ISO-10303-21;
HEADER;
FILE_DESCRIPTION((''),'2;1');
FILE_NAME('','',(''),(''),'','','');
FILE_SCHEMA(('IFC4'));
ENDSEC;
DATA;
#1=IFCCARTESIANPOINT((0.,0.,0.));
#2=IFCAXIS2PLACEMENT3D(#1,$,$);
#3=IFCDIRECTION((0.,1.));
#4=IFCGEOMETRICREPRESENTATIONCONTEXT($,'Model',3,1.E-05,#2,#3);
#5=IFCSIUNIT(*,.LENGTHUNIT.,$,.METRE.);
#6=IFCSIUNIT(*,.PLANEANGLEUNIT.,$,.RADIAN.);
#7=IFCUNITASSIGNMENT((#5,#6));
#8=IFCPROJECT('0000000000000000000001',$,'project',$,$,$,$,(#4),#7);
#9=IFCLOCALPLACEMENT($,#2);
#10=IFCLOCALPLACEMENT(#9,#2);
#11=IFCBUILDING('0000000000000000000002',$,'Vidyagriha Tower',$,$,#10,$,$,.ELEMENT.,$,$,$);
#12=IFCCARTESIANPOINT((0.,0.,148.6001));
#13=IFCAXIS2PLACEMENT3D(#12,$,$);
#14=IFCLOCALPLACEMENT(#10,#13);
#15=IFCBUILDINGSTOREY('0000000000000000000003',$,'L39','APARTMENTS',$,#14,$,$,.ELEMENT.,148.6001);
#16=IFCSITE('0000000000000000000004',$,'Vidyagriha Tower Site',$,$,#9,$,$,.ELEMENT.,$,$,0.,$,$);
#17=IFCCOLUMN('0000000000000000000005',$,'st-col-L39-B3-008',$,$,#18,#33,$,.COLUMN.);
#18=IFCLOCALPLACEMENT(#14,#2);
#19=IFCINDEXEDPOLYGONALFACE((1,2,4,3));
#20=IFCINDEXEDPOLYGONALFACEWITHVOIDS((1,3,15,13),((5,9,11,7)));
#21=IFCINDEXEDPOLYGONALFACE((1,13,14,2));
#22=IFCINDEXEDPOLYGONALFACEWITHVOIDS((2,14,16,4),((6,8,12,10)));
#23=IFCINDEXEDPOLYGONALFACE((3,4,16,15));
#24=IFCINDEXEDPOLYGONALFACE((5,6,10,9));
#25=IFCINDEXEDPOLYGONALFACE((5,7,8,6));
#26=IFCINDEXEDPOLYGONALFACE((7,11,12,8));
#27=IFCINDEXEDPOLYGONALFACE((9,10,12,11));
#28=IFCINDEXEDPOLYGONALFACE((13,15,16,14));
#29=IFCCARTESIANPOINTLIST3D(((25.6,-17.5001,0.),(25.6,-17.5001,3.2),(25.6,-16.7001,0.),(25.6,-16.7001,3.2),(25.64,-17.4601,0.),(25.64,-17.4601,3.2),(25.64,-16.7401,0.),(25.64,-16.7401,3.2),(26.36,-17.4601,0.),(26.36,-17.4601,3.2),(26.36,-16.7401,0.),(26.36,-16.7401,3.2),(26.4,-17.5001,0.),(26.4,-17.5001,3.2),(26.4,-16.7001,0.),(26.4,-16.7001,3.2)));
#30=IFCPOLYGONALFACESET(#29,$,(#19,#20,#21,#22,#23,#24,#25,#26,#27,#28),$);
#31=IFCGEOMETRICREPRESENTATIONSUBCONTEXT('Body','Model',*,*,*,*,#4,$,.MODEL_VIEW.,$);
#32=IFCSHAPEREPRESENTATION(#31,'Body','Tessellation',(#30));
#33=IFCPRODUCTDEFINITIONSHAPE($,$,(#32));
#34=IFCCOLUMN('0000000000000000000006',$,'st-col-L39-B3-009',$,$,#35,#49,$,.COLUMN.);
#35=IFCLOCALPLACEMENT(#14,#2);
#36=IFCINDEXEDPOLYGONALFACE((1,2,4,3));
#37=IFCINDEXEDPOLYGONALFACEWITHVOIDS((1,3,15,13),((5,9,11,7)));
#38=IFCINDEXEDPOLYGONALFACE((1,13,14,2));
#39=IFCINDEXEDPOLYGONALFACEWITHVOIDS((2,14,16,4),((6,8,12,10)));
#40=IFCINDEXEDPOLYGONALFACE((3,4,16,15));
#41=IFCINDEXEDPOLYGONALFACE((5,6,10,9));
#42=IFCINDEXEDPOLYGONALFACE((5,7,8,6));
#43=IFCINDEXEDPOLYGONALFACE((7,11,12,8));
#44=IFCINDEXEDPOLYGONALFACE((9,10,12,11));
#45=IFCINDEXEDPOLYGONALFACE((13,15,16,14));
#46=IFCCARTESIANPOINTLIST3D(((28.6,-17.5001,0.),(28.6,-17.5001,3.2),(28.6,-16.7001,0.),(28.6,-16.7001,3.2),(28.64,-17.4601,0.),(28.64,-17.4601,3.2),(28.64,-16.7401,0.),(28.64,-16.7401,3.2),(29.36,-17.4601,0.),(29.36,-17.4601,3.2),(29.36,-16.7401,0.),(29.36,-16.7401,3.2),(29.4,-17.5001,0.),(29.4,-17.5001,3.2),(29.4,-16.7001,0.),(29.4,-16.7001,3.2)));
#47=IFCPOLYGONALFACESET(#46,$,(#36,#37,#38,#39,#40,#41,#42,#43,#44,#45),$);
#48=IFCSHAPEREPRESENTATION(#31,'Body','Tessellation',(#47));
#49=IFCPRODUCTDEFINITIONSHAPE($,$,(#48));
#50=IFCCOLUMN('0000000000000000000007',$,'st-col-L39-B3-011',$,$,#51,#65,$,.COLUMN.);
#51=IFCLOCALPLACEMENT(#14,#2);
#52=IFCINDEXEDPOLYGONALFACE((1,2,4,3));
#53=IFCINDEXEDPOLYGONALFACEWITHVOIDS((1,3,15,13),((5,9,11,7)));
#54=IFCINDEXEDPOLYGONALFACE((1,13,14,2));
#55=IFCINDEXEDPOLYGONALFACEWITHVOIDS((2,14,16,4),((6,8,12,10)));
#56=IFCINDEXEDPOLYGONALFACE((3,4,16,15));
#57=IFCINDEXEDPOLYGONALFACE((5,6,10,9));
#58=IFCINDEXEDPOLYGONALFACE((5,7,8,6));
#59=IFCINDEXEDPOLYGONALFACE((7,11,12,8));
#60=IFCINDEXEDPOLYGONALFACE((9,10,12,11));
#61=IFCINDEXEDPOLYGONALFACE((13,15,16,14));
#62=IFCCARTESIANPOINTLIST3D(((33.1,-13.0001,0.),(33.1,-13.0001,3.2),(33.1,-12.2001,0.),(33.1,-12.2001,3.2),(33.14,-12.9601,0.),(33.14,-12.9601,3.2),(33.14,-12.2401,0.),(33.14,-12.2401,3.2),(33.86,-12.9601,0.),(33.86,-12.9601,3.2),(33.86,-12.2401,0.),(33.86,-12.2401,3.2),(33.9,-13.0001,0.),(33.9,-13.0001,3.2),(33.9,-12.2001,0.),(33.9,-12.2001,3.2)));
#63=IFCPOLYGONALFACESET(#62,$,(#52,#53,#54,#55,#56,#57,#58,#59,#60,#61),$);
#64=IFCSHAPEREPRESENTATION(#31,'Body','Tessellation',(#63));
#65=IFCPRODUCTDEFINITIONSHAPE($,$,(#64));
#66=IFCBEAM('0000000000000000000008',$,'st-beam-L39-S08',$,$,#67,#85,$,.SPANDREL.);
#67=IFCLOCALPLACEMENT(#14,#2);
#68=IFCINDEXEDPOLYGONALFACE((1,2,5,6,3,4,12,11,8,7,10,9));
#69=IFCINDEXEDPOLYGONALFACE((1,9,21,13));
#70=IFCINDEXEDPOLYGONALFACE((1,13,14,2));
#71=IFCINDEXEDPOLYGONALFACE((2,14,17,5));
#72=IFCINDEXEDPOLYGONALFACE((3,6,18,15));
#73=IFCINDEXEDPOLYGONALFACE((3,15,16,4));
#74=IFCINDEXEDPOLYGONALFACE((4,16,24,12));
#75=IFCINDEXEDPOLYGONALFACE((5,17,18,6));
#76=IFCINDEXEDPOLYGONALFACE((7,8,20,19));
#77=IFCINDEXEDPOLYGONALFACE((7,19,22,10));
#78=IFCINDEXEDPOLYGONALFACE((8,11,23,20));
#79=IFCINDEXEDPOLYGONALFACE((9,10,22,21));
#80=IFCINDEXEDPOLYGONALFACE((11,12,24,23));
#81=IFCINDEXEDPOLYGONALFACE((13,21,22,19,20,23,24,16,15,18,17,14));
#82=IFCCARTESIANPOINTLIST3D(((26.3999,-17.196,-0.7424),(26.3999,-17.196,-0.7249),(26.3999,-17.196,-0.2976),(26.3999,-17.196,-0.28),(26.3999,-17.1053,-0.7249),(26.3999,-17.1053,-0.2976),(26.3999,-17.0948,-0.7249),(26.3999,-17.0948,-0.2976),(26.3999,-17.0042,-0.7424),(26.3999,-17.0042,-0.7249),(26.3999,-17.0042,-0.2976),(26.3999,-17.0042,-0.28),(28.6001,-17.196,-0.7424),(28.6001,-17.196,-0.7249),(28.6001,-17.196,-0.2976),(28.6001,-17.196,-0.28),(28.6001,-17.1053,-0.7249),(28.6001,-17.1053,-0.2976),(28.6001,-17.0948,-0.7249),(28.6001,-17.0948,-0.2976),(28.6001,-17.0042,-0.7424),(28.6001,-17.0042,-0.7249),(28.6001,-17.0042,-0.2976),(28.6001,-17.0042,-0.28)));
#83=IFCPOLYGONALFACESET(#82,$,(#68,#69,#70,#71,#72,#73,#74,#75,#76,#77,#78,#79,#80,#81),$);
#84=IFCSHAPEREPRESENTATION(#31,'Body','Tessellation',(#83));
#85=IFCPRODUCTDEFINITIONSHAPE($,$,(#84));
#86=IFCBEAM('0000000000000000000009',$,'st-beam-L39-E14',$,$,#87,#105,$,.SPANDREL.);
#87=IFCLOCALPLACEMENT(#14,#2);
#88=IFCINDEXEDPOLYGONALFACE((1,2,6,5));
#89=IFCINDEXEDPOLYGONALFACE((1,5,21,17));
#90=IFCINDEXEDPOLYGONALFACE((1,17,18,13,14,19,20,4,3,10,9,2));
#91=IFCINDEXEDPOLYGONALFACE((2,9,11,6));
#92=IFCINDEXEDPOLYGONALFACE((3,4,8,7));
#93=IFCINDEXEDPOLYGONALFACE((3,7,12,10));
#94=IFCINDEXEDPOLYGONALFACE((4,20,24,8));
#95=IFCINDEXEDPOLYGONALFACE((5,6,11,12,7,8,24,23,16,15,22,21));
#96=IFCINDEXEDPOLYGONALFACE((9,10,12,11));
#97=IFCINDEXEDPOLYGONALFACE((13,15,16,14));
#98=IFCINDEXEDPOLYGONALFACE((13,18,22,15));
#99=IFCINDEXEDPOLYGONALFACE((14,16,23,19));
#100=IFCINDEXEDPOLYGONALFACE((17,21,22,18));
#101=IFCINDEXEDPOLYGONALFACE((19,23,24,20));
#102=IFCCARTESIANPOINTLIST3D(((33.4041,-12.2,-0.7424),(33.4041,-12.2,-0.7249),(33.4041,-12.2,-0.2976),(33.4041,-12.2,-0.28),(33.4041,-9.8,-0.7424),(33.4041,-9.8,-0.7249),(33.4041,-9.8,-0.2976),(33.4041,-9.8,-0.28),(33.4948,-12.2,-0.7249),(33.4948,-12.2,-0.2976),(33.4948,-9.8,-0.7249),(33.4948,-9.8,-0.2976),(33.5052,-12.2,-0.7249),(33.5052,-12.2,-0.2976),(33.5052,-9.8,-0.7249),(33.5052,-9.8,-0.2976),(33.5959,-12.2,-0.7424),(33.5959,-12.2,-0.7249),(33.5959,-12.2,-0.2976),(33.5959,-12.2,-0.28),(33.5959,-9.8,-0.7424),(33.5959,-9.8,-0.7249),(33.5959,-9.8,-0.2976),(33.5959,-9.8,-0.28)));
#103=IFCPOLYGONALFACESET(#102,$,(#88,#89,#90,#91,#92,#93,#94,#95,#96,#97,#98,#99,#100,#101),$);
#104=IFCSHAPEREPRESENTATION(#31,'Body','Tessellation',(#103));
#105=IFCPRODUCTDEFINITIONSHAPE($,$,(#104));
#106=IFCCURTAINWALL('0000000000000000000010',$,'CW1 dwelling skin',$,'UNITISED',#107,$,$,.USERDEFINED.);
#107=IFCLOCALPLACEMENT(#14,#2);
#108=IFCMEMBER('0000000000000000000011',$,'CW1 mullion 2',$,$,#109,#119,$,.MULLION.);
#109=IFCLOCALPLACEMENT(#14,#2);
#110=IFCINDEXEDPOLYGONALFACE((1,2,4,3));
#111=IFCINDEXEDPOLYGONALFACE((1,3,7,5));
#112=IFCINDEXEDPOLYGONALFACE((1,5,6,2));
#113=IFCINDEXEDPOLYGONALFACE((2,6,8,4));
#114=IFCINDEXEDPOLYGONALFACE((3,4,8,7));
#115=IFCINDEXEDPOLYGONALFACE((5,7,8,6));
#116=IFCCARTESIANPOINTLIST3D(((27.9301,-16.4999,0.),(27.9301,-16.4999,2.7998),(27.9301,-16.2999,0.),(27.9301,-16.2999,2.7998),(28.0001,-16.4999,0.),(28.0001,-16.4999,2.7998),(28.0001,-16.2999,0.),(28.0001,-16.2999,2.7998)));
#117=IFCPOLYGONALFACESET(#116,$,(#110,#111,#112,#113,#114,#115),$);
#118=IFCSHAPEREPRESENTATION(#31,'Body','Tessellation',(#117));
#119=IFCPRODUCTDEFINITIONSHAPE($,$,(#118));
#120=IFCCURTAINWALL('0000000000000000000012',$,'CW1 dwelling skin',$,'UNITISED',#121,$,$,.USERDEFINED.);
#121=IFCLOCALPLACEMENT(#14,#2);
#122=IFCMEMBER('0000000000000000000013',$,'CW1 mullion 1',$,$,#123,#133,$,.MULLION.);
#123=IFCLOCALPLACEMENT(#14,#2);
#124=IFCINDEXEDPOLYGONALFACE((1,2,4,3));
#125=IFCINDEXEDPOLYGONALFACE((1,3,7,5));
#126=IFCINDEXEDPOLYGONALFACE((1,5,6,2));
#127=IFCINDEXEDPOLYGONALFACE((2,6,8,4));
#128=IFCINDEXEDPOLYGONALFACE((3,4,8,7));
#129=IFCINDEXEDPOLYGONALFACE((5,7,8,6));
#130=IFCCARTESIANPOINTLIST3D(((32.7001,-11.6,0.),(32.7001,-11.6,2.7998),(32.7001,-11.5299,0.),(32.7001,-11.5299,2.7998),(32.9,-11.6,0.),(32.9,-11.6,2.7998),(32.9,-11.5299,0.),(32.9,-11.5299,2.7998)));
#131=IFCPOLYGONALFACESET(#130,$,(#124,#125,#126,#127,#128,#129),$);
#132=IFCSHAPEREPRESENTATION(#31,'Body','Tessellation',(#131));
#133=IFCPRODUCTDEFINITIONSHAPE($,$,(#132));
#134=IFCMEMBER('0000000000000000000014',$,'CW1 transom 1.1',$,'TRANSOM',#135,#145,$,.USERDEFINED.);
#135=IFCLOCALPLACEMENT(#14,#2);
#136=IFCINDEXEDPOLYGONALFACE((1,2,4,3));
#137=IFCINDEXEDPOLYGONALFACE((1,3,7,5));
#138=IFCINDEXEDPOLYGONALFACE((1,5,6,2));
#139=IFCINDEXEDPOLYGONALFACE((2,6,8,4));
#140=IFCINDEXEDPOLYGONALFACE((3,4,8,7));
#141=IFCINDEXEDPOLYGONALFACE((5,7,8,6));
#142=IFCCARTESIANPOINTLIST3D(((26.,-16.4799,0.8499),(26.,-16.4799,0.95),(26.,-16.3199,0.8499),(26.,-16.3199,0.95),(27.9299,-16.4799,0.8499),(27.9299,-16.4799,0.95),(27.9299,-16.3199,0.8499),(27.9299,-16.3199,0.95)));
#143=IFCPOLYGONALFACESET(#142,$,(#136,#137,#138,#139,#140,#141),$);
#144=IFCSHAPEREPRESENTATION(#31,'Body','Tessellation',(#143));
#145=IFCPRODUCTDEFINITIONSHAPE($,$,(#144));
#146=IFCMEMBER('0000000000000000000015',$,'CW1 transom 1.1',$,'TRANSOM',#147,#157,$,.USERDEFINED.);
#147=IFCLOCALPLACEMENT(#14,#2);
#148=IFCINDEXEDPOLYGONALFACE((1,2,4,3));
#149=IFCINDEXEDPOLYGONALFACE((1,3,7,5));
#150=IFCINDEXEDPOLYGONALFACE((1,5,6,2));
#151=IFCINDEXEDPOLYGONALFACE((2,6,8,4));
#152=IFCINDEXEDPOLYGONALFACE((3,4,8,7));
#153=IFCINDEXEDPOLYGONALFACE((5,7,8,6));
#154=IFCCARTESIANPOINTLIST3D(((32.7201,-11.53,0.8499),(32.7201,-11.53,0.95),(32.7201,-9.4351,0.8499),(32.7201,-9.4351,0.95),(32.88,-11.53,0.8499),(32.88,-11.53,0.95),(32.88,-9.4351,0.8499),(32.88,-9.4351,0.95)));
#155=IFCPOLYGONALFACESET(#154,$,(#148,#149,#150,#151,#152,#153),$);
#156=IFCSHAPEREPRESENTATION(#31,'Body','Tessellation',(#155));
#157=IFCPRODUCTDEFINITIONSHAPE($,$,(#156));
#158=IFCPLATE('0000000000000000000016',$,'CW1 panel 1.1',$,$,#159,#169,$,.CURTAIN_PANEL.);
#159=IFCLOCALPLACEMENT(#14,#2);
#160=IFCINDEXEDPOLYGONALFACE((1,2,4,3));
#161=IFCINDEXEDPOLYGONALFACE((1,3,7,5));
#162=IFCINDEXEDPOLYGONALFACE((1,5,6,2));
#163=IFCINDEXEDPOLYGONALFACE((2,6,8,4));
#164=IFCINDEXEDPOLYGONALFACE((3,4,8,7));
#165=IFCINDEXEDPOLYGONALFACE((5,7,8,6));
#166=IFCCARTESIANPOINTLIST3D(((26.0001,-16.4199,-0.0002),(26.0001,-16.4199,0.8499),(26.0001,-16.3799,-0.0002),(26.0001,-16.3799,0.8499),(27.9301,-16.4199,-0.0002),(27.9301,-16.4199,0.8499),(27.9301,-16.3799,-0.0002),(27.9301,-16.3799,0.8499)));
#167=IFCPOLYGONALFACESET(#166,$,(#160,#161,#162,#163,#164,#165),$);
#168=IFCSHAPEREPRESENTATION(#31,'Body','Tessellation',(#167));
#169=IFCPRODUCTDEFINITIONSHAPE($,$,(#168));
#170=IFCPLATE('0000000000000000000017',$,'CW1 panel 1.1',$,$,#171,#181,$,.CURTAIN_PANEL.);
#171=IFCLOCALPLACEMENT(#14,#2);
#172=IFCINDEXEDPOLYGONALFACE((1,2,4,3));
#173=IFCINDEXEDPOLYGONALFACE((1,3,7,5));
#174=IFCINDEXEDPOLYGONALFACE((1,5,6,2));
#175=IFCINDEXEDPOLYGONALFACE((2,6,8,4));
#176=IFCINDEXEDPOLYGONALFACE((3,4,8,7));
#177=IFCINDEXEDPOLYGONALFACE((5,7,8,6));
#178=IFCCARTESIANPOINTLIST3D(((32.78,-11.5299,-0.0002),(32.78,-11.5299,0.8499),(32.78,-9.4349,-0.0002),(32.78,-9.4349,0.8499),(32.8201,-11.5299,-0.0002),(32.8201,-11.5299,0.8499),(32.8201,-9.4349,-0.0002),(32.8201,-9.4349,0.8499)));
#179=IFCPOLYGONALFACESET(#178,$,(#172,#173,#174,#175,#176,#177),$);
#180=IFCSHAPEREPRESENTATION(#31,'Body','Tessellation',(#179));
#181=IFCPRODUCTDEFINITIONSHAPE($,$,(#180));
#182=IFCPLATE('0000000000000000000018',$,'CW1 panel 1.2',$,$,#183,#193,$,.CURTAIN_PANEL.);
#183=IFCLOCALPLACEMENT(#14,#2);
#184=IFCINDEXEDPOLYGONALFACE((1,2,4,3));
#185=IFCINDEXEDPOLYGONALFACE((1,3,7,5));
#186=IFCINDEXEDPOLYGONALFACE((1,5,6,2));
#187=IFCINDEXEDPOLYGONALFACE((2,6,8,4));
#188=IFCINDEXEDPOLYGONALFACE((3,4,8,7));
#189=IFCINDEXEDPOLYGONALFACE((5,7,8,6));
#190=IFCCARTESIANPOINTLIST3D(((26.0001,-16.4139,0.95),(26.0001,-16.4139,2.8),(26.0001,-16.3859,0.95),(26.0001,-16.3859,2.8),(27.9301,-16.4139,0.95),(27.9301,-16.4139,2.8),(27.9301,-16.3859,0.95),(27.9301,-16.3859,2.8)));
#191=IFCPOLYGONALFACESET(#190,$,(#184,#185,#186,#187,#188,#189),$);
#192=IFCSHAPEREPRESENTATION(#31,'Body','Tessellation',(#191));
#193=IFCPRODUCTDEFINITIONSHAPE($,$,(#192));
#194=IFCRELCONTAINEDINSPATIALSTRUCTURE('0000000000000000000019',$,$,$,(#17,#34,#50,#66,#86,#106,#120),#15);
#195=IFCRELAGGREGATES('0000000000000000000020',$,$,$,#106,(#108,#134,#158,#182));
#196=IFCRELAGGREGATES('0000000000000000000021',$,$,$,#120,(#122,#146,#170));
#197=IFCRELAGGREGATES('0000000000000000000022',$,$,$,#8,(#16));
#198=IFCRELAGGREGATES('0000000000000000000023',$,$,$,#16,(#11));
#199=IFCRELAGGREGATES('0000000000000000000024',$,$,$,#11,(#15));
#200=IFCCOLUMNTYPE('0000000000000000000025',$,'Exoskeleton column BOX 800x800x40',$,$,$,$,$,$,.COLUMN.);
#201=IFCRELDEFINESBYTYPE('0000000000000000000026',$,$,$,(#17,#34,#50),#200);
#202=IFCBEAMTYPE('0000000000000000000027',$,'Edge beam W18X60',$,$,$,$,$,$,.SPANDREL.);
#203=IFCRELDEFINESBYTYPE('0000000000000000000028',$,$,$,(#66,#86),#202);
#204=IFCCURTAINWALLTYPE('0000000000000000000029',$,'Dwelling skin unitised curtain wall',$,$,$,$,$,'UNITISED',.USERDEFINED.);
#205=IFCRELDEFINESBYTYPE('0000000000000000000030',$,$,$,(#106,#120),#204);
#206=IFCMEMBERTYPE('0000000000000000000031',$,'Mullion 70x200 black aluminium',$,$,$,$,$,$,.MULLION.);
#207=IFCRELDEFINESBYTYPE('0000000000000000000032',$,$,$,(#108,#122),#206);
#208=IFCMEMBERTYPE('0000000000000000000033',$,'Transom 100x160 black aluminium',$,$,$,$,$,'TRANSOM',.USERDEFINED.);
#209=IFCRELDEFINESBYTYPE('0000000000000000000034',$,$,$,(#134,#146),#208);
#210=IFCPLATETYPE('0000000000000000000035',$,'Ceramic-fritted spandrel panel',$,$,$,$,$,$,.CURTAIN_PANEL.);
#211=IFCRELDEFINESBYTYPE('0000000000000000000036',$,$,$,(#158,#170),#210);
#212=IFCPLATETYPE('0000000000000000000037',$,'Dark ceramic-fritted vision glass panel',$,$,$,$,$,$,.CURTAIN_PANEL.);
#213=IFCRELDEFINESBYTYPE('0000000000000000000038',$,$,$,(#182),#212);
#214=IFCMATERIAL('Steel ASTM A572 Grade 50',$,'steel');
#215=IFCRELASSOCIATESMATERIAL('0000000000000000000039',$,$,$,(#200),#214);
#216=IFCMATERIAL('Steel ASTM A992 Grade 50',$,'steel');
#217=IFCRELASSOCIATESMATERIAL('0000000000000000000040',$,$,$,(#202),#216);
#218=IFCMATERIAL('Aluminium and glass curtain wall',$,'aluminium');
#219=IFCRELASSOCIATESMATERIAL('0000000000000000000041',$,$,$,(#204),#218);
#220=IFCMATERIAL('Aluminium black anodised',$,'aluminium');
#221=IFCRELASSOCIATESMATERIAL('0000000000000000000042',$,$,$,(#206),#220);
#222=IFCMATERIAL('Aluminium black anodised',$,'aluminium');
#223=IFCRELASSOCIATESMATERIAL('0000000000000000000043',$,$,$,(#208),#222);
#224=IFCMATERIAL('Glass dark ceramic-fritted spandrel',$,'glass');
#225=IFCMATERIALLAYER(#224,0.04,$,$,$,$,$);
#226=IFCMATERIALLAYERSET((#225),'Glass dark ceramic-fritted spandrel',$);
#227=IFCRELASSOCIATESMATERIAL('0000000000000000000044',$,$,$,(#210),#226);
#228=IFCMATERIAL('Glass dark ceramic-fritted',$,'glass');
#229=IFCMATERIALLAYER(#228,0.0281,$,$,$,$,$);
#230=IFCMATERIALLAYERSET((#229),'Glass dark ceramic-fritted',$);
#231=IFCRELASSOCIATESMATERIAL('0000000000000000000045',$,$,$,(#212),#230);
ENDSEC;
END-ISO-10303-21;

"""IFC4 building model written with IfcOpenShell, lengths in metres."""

from ifc_helpers import new_model, si_unit, direction, frame, origin, origin_2d, place, context, subcontext, project, spatial, rectangle, hollow_rectangle, i_section, extrude, material, layer, layer_set, material_profile, profile_set, type_object, element, aggregate, save


model = new_model("IFC4")

# Units and contexts
model_context = context("Model", 3, precision=1e-05, world=origin(), true_north=direction((0.0, 1.0)))
body_context = subcontext(model_context, "Body", "Model", "MODEL_VIEW")
ifc_project = project(units=[si_unit("LENGTHUNIT", "METRE"), si_unit("PLANEANGLEUNIT", "RADIAN")], contexts=[model_context])

# Site, building, storey
site_placement = place(None, origin())
site = spatial("IfcSite", under=ifc_project, at=site_placement, Name="Vidyagriha Tower Site", CompositionType="ELEMENT", RefElevation=0.0)
building_placement = place(site_placement, origin())
building = spatial("IfcBuilding", under=site, at=building_placement, Name="Vidyagriha Tower", CompositionType="ELEMENT")
storey_placement = place(building_placement, frame((0.0, 0.0, 148.6001)))
storey = spatial("IfcBuildingStorey", under=building, at=storey_placement, Name="L39", Description="APARTMENTS", CompositionType="ELEMENT", Elevation=148.6001)

# Columns
ifc_material_1 = material(Name="Steel ASTM A572 Grade 50", Category="steel")
ifc_material_profile_1 = material_profile(ifc_material_1, hollow_rectangle(XDim=0.8, YDim=0.8, WallThickness=0.04, at=origin_2d()), Name="BOX 800x800x40")
ifc_profile_set_1 = profile_set([ifc_material_profile_1], Name="Steel ASTM A572 Grade 50")
column_type = type_object("IfcColumnType", Name="Exoskeleton column BOX 800x800x40", PredefinedType="COLUMN", material=ifc_profile_set_1)
for number, where, name in (
    (1, (26.0, -17.1001, 0.0), "st-col-L39-B3-008"),
    (2, (29.0, -17.1001, 0.0), "st-col-L39-B3-009"),
    (3, (33.5, -12.6001, 0.0), "st-col-L39-B3-011"),
):
    element("IfcColumn", number, at=place(storey_placement, frame(where)), inside=storey, type_object=column_type, Name=name, PredefinedType="COLUMN", context=body_context, shape_type="SweptSolid", body=[
        extrude(hollow_rectangle(XDim=0.8, YDim=0.8, WallThickness=0.04, at=origin_2d()), origin(), (0.0, 0.0, 1.0), 3.2),
    ])

# Beams
ifc_material_2 = material(Name="Steel ASTM A992 Grade 50", Category="steel")
ifc_material_profile_2 = material_profile(ifc_material_2, i_section(OverallWidth=0.1919, OverallDepth=0.4624, WebThickness=0.0105, FlangeThickness=0.0176, at=origin_2d()), Name="W18X60")
ifc_profile_set_2 = profile_set([ifc_material_profile_2], Name="Steel ASTM A992 Grade 50")
beam_type = type_object("IfcBeamType", Name="Edge beam W18X60", PredefinedType="SPANDREL", material=ifc_profile_set_2)
beam_1_placement = place(storey_placement, frame((26.3999, -17.1001, -0.5112), z_axis=(1.0, 0.0, 0.0), x_axis=(0.0, 1.0, 0.0)))
element("IfcBeam", 4, at=beam_1_placement, inside=storey, type_object=beam_type, Name="st-beam-L39-S08", PredefinedType="SPANDREL", context=body_context, shape_type="SweptSolid", body=[
    extrude(i_section(OverallWidth=0.1919, OverallDepth=0.4624, WebThickness=0.0105, FlangeThickness=0.0176, at=origin_2d()), origin(), (0.0, 0.0, 1.0), 2.2002),
])
beam_2_placement = place(storey_placement, frame((33.5, -12.2, -0.5112), z_axis=(0.0, 1.0, 0.0), x_axis=(-1.0, 0.0, 0.0)))
element("IfcBeam", 5, at=beam_2_placement, inside=storey, type_object=beam_type, Name="st-beam-L39-E14", PredefinedType="SPANDREL", context=body_context, shape_type="SweptSolid", body=[
    extrude(i_section(OverallWidth=0.1919, OverallDepth=0.4624, WebThickness=0.0105, FlangeThickness=0.0176, at=origin_2d()), origin(), (0.0, 0.0, 1.0), 2.3999),
])

# Curtain walls, members
ifc_material_3 = material(Name="Aluminium and glass curtain wall", Category="aluminium")
curtain_wall_type = type_object("IfcCurtainWallType", Name="Dwelling skin unitised curtain wall", ElementType="UNITISED", PredefinedType="USERDEFINED", material=ifc_material_3)
curtain_wall_1_placement = place(storey_placement, origin())
curtain_wall_1 = element("IfcCurtainWall", 6, at=curtain_wall_1_placement, inside=storey, type_object=curtain_wall_type, Name="CW1 dwelling skin", ObjectType="UNITISED", PredefinedType="USERDEFINED")
ifc_material_4 = material(Name="Aluminium black anodised", Category="aluminium")
ifc_material_profile_3 = material_profile(ifc_material_4, rectangle(XDim=0.2, YDim=0.0701, at=origin_2d()), Name="Mullion 70x200 black aluminium")
ifc_profile_set_3 = profile_set([ifc_material_profile_3], Name="Aluminium black anodised")
member_type_1 = type_object("IfcMemberType", Name="Mullion 70x200 black aluminium", PredefinedType="MULLION", material=ifc_profile_set_3)
member_1_placement = place(storey_placement, frame((27.9651, -16.3999, 0.0), z_axis=(0.0, 0.0, 1.0), x_axis=(0.0, 1.0, 0.0)))
member_1 = element("IfcMember", 7, at=member_1_placement, type_object=member_type_1, Name="CW1 mullion 2", PredefinedType="MULLION", context=body_context, shape_type="SweptSolid", body=[
    extrude(rectangle(XDim=0.2, YDim=0.0701, at=origin_2d()), origin(), (0.0, 0.0, 1.0), 2.7998),
])
curtain_wall_2_placement = place(storey_placement, origin())
curtain_wall_2 = element("IfcCurtainWall", 8, at=curtain_wall_2_placement, inside=storey, type_object=curtain_wall_type, Name="CW1 dwelling skin", ObjectType="UNITISED", PredefinedType="USERDEFINED")
member_2_placement = place(storey_placement, frame((32.8, -11.5649, 0.0), z_axis=(0.0, 0.0, 1.0), x_axis=(-1.0, 0.0, 0.0)))
member_2 = element("IfcMember", 9, at=member_2_placement, type_object=member_type_1, Name="CW1 mullion 1", PredefinedType="MULLION", context=body_context, shape_type="SweptSolid", body=[
    extrude(rectangle(XDim=0.2, YDim=0.0701, at=origin_2d()), origin(), (0.0, 0.0, 1.0), 2.7998),
])

# Members
ifc_material_5 = material(Name="Aluminium black anodised", Category="aluminium")
ifc_material_profile_4 = material_profile(ifc_material_5, rectangle(XDim=0.1599, YDim=0.1001, at=origin_2d()), Name="Transom 100x160 black aluminium")
ifc_profile_set_4 = profile_set([ifc_material_profile_4], Name="Aluminium black anodised")
member_type_2 = type_object("IfcMemberType", Name="Transom 100x160 black aluminium", ElementType="TRANSOM", PredefinedType="USERDEFINED", material=ifc_profile_set_4)
member_3_placement = place(storey_placement, frame((26.0, -16.3999, 0.8999), z_axis=(1.0, 0.0, 0.0), x_axis=(0.0, 1.0, 0.0)))
member_3 = element("IfcMember", 10, at=member_3_placement, type_object=member_type_2, Name="CW1 transom 1.1", ObjectType="TRANSOM", PredefinedType="USERDEFINED", context=body_context, shape_type="SweptSolid", body=[
    extrude(rectangle(XDim=0.1599, YDim=0.1001, at=origin_2d()), origin(), (0.0, 0.0, 1.0), 1.9299),
])
member_4_placement = place(storey_placement, frame((32.8, -11.53, 0.8999), z_axis=(0.0, 1.0, 0.0), x_axis=(-1.0, 0.0, 0.0)))
member_4 = element("IfcMember", 11, at=member_4_placement, type_object=member_type_2, Name="CW1 transom 1.1", ObjectType="TRANSOM", PredefinedType="USERDEFINED", context=body_context, shape_type="SweptSolid", body=[
    extrude(rectangle(XDim=0.1599, YDim=0.1001, at=origin_2d()), origin(), (0.0, 0.0, 1.0), 2.095),
])

# Plates
ifc_material_6 = material(Name="Glass dark ceramic-fritted spandrel", Category="glass")
ifc_layer_1 = layer(ifc_material_6, 0.04)
ifc_layer_set_1 = layer_set([ifc_layer_1], Name="Glass dark ceramic-fritted spandrel")
plate_type_1 = type_object("IfcPlateType", Name="Ceramic-fritted spandrel panel", PredefinedType="CURTAIN_PANEL", material=ifc_layer_set_1)
plate_1_placement = place(storey_placement, frame((26.9651, -16.3999, -0.0002)))
plate_1 = element("IfcPlate", 12, at=plate_1_placement, type_object=plate_type_1, Name="CW1 panel 1.1", PredefinedType="CURTAIN_PANEL", context=body_context, shape_type="SweptSolid", body=[
    extrude(rectangle(XDim=1.9299, YDim=0.04, at=origin_2d()), origin(), (0.0, 0.0, 1.0), 0.8501),
])
plate_2_placement = place(storey_placement, frame((32.8, -10.4824, -0.0002), z_axis=(0.0, 0.0, 1.0), x_axis=(0.0, 1.0, 0.0)))
plate_2 = element("IfcPlate", 13, at=plate_2_placement, type_object=plate_type_1, Name="CW1 panel 1.1", PredefinedType="CURTAIN_PANEL", context=body_context, shape_type="SweptSolid", body=[
    extrude(rectangle(XDim=2.095, YDim=0.04, at=origin_2d()), origin(), (0.0, 0.0, 1.0), 0.8501),
])
ifc_material_7 = material(Name="Glass dark ceramic-fritted", Category="glass")
ifc_layer_2 = layer(ifc_material_7, 0.0281)
ifc_layer_set_2 = layer_set([ifc_layer_2], Name="Glass dark ceramic-fritted")
plate_type_2 = type_object("IfcPlateType", Name="Dark ceramic-fritted vision glass panel", PredefinedType="CURTAIN_PANEL", material=ifc_layer_set_2)
plate_3_placement = place(storey_placement, frame((26.9651, -16.3999, 0.95)))
plate_3 = element("IfcPlate", 14, at=plate_3_placement, type_object=plate_type_2, Name="CW1 panel 1.2", PredefinedType="CURTAIN_PANEL", context=body_context, shape_type="SweptSolid", body=[
    extrude(rectangle(XDim=1.9299, YDim=0.0281, at=origin_2d()), origin(), (0.0, 0.0, 1.0), 1.8501),
])
aggregate(curtain_wall_1, [member_1, member_3, plate_1, plate_3])
aggregate(curtain_wall_2, [member_2, member_4, plate_2])

save(model, "model.ifc")
